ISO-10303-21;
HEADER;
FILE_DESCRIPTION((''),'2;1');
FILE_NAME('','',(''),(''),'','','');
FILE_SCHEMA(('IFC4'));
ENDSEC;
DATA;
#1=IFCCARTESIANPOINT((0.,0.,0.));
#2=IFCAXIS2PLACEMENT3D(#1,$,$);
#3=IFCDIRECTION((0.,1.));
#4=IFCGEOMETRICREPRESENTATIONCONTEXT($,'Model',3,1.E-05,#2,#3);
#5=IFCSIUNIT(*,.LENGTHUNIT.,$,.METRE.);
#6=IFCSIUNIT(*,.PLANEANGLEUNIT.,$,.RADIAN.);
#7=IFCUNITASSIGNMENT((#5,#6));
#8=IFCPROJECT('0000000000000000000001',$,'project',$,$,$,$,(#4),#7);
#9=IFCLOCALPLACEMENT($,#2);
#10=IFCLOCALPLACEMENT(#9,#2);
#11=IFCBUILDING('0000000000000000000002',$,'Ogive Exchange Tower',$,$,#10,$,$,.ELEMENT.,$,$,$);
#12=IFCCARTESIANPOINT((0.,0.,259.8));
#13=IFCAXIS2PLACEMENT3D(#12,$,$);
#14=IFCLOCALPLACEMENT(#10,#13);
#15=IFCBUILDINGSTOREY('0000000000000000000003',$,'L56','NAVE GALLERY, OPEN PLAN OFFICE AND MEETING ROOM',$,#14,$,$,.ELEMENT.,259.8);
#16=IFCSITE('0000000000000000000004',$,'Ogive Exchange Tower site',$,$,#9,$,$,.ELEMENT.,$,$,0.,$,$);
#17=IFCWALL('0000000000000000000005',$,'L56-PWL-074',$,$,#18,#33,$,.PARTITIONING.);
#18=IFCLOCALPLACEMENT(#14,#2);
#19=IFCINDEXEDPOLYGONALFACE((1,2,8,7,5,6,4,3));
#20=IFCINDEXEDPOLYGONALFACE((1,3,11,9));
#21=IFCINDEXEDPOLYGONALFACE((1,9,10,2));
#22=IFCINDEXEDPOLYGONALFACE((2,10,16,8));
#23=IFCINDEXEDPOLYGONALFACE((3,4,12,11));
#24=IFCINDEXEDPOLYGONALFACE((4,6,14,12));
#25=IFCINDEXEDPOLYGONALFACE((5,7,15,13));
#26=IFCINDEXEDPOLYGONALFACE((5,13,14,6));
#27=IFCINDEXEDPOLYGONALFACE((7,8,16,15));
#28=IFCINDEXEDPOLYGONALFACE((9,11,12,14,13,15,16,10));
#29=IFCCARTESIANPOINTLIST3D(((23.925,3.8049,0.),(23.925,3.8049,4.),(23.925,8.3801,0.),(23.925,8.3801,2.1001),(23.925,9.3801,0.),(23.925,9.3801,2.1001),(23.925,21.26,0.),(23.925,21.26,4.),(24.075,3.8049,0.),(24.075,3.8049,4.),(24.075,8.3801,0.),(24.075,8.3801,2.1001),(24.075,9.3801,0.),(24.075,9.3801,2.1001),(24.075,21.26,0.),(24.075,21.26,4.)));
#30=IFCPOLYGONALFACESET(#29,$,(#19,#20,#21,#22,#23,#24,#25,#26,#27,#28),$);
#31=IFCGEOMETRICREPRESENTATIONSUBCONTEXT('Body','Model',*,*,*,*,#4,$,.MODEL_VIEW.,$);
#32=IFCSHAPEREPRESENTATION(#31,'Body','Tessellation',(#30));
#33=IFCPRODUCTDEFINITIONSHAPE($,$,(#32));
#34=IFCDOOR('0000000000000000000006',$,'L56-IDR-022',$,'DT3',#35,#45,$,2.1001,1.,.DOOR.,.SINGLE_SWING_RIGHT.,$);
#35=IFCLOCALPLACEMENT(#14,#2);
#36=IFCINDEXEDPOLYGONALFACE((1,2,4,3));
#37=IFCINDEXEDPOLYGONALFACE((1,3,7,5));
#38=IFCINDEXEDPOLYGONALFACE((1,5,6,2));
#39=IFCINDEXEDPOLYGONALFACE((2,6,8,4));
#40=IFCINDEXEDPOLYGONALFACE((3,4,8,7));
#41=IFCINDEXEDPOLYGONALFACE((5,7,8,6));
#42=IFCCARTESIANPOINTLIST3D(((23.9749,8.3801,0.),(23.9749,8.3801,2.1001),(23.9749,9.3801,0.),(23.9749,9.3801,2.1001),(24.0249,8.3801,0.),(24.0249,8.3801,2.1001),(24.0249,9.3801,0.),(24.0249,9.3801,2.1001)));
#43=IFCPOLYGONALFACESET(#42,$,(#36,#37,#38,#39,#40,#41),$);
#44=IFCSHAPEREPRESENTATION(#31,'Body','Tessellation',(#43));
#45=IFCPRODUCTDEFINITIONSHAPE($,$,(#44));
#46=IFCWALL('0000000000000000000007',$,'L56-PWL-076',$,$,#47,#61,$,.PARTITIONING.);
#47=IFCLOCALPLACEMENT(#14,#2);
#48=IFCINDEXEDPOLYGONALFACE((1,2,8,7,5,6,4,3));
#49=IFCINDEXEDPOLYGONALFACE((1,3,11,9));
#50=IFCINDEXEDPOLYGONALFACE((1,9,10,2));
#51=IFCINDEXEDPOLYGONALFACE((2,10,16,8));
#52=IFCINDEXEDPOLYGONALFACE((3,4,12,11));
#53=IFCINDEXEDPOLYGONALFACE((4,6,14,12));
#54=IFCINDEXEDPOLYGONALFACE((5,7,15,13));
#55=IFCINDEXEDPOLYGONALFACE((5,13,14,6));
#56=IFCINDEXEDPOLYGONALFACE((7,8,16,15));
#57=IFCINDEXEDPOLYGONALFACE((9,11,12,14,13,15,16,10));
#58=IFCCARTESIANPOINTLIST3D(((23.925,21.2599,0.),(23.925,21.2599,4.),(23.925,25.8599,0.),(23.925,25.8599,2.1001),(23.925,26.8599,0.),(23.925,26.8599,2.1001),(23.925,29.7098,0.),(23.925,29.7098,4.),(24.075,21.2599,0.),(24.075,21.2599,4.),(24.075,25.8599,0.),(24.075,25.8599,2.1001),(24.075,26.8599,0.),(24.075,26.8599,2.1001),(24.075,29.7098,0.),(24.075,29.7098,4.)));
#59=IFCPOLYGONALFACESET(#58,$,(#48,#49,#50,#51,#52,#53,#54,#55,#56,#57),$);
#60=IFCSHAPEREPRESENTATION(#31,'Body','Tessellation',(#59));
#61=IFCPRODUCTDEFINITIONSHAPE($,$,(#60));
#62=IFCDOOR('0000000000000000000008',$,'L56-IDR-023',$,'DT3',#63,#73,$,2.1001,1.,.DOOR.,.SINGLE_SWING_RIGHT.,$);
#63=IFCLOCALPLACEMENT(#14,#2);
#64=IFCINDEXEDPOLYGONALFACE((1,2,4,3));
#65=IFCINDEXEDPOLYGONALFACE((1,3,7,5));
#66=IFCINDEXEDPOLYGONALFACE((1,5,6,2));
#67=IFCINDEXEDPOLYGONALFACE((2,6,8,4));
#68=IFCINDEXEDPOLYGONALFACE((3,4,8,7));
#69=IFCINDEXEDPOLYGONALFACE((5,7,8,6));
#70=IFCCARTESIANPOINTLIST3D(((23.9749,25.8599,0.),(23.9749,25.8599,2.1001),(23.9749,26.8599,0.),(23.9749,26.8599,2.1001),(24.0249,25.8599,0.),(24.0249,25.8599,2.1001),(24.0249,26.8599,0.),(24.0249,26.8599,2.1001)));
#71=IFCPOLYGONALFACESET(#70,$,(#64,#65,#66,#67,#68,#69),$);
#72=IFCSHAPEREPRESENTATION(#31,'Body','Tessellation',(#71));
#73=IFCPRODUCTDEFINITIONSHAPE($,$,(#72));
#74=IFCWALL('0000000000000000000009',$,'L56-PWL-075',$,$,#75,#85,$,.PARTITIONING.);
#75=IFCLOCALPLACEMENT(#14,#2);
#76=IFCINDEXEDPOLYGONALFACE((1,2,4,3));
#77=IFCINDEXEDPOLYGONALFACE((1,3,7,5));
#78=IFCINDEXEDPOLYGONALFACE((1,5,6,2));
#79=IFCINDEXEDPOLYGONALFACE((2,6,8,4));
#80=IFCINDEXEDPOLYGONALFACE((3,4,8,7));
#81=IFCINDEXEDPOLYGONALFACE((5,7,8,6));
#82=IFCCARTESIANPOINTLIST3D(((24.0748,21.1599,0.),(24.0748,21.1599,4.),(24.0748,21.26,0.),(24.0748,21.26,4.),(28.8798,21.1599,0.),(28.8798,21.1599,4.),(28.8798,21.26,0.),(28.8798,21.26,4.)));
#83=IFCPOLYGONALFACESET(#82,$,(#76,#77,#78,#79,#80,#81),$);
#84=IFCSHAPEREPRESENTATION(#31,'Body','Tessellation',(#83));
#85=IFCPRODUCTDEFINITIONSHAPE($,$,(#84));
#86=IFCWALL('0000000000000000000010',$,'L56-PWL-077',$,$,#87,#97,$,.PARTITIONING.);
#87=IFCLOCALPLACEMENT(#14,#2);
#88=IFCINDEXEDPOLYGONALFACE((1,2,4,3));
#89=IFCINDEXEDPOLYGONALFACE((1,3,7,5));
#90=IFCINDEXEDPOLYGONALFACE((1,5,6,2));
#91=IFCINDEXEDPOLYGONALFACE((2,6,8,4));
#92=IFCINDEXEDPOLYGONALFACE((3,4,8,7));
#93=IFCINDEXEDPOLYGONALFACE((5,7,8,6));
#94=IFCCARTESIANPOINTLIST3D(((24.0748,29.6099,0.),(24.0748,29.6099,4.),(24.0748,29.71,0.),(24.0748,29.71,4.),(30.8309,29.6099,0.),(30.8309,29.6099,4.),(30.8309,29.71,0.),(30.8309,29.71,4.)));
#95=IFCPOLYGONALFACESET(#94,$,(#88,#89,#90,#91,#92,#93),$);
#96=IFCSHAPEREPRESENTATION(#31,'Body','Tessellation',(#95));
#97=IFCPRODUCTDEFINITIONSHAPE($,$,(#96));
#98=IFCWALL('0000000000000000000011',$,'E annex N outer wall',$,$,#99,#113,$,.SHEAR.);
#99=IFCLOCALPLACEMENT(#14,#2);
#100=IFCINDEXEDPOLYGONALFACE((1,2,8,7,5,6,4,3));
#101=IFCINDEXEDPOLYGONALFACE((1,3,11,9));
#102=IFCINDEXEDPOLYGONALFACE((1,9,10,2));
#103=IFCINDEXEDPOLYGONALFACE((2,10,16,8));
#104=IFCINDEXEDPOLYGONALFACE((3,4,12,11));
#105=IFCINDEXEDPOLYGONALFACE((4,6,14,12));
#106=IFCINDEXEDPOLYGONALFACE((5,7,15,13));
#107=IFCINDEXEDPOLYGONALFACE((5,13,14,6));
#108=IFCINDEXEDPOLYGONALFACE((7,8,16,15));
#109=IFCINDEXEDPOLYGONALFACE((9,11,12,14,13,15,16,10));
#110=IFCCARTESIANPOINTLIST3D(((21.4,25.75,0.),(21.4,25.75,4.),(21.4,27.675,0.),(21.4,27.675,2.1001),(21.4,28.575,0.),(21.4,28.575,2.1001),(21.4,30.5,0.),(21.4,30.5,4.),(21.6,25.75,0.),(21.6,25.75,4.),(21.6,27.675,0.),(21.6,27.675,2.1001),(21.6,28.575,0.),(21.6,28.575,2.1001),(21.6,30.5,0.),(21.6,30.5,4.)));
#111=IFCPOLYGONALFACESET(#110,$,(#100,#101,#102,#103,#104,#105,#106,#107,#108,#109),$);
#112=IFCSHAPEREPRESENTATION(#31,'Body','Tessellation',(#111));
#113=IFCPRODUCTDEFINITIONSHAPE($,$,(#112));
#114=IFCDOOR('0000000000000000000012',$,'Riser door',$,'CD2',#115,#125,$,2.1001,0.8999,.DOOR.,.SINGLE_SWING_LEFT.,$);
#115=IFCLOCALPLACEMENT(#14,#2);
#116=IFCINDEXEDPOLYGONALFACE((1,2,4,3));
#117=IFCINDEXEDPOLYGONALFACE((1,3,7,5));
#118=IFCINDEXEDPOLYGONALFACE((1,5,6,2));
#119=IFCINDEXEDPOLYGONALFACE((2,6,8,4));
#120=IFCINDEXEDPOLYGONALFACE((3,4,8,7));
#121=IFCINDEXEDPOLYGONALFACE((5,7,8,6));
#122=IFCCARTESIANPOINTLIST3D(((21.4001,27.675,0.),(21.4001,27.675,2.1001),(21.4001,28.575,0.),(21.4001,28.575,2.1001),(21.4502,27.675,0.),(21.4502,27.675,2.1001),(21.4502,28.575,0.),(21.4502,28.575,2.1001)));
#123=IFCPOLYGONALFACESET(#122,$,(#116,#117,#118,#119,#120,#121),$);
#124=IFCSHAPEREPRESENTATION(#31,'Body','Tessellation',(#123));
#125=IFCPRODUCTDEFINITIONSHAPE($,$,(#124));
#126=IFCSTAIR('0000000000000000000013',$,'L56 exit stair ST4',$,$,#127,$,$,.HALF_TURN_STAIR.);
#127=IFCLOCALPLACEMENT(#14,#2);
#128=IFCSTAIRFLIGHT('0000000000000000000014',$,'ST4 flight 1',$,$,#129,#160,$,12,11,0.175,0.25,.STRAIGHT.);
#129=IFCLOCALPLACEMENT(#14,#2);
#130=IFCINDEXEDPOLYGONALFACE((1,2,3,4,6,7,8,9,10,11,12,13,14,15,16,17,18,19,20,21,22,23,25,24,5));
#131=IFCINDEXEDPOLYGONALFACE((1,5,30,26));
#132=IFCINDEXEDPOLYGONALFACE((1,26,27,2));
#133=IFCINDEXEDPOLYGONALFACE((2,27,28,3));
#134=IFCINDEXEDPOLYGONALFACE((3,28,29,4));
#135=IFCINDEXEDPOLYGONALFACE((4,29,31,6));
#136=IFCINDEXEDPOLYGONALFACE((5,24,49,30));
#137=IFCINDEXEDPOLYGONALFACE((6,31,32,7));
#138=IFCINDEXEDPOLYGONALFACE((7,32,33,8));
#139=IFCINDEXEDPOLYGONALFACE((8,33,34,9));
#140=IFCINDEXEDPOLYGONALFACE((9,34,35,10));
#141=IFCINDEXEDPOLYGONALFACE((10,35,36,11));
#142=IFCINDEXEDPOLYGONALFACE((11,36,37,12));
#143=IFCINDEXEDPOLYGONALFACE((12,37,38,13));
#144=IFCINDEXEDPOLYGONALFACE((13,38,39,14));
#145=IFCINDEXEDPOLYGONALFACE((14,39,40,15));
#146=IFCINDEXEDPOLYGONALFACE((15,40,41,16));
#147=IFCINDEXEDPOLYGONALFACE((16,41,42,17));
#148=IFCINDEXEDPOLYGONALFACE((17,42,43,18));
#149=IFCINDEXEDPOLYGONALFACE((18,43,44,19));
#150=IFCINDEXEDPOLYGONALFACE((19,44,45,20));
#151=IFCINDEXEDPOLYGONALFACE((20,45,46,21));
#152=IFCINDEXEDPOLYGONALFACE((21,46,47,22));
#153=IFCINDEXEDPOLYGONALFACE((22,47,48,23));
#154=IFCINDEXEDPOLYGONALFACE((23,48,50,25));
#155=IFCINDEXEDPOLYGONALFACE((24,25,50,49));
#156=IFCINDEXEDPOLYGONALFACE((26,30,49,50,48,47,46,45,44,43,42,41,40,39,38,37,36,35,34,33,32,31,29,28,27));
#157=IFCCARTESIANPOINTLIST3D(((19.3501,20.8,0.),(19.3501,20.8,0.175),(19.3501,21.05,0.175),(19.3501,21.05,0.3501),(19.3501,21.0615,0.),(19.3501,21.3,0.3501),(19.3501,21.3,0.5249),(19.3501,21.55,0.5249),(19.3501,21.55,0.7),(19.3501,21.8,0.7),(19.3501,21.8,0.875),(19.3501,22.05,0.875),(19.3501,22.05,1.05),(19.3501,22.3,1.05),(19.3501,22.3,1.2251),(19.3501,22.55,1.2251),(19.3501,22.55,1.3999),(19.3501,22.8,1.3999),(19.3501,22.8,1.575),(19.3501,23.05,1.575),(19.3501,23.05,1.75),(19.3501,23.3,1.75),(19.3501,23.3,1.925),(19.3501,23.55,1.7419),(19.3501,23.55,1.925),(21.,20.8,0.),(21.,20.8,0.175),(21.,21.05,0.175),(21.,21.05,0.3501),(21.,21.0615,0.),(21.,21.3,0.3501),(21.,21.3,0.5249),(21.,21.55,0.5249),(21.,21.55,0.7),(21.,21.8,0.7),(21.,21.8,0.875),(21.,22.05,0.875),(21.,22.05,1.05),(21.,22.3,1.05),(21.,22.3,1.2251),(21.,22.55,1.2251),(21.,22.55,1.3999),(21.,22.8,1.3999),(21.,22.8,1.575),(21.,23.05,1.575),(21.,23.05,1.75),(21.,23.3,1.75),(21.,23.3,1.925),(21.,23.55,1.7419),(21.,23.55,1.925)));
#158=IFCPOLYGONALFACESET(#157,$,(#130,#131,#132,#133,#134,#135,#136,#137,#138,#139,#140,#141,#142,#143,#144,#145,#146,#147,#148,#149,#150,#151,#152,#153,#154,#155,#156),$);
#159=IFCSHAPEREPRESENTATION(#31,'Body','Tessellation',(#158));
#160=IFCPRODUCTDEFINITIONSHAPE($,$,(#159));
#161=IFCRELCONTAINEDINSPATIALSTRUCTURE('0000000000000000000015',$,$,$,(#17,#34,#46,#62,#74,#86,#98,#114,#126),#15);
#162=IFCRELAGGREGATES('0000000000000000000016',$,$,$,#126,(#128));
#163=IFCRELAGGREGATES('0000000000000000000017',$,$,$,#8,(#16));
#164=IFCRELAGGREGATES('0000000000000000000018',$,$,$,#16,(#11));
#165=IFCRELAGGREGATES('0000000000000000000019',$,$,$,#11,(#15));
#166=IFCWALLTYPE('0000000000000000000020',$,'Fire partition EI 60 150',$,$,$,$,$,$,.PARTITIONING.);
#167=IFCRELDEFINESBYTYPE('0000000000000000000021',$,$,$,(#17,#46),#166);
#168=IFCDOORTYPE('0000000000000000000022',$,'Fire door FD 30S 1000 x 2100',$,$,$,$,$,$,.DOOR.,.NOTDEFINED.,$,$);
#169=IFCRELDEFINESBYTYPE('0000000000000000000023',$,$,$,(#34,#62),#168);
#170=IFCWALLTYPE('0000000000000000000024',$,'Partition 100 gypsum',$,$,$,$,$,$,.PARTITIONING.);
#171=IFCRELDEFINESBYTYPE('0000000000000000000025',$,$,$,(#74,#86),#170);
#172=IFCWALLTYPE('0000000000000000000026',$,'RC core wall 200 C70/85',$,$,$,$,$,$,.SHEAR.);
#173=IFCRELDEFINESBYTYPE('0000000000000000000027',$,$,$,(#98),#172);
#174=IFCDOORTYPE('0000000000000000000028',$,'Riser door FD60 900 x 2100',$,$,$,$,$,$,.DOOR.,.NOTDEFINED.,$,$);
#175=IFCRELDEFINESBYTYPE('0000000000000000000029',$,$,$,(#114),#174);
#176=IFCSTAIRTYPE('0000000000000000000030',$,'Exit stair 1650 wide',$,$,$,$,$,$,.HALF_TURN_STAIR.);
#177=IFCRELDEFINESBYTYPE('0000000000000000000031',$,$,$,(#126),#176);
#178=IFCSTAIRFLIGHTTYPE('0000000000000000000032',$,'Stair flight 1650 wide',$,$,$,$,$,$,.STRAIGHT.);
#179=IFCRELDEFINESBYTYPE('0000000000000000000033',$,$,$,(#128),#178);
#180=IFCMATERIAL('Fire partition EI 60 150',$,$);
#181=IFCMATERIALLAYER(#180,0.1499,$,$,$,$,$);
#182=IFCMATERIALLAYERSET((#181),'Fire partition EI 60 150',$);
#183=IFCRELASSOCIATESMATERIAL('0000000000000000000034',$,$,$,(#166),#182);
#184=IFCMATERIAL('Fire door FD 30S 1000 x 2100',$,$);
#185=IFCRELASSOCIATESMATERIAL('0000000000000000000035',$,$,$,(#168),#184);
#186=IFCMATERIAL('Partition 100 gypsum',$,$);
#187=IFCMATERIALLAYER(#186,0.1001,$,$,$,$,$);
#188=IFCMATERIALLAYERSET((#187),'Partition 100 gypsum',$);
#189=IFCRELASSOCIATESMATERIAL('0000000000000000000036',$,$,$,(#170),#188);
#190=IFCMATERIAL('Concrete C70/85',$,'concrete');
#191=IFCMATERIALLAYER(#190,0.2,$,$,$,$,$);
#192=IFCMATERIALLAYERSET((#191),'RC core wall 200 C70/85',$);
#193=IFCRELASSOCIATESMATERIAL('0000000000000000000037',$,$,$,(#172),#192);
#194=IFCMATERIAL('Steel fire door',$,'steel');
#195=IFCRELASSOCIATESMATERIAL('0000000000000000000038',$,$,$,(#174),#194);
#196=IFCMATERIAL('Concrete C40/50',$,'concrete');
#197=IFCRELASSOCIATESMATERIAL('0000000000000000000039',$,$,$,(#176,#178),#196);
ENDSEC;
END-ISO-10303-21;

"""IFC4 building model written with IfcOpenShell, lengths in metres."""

from ifc_helpers import new_model, si_unit, direction, frame, frame_2d, origin, place, context, subcontext, project, spatial, polyline, rectangle, outline, extrude, material, layer, layer_set, type_object, element, fill, aggregate, save


model = new_model("IFC4")

# Units and contexts
model_context = context("Model", 3, precision=1e-05, world=origin(), true_north=direction((0.0, 1.0)))
body_context = subcontext(model_context, "Body", "Model", "MODEL_VIEW")
ifc_project = project(units=[si_unit("LENGTHUNIT", "METRE"), si_unit("PLANEANGLEUNIT", "RADIAN")], contexts=[model_context])

# Site, building, storey
site_placement = place(None, origin())
site = spatial("IfcSite", under=ifc_project, at=site_placement, Name="Ogive Exchange Tower site", CompositionType="ELEMENT", RefElevation=0.0)
building_placement = place(site_placement, origin())
building = spatial("IfcBuilding", under=site, at=building_placement, Name="Ogive Exchange Tower", CompositionType="ELEMENT")
storey_placement = place(building_placement, frame((0.0, 0.0, 259.8)))
storey = spatial("IfcBuildingStorey", under=building, at=storey_placement, Name="L56", Description="NAVE GALLERY, OPEN PLAN OFFICE AND MEETING ROOM", CompositionType="ELEMENT", Elevation=259.8)

# Shared definitions
ifc_material_1 = material(Name="Fire partition EI 60 150")
ifc_layer_1 = layer(ifc_material_1, 0.1499)
ifc_layer_set_1 = layer_set([ifc_layer_1], Name="Fire partition EI 60 150")
wall_type_1 = type_object("IfcWallType", Name="Fire partition EI 60 150", PredefinedType="PARTITIONING", material=ifc_layer_set_1)

# Walls, openings, doors
wall_1_placement = place(storey_placement, frame((24.0, 21.26, 0.0), z_axis=(0.0, 0.0, 1.0), x_axis=(0.0, -1.0, 0.0)))
wall_1 = element("IfcWall", 1, at=wall_1_placement, inside=storey, type_object=wall_type_1, Name="L56-PWL-074", PredefinedType="PARTITIONING", context=body_context, shape_type="SweptSolid", body=[
    extrude(rectangle(XDim=17.4551, YDim=0.1499, at=frame_2d((8.7275, 0.0))), origin(), (0.0, 0.0, 1.0), 4.0),
])
opening_1_placement = place(wall_1_placement, frame((11.8799, 0.0, 0.0)))
opening_1 = element("IfcOpeningElement", 2, at=opening_1_placement, cuts=wall_1, PredefinedType="OPENING", context=body_context, shape_type="SweptSolid", body=[
    extrude(rectangle(XDim=1.0, YDim=2.1001, at=frame_2d((0.5, 1.05))), frame((0.0, 0.085, 0.0), z_axis=(0.0, -1.0, 0.0), x_axis=(1.0, 0.0, 0.0)), (0.0, 0.0, 1.0), 0.1699),
])
ifc_material_2 = material(Name="Fire door FD 30S 1000 x 2100")
door_type_1 = type_object("IfcDoorType", Name="Fire door FD 30S 1000 x 2100", OperationType="NOTDEFINED", PredefinedType="DOOR", material=ifc_material_2)
door_1_placement = place(opening_1_placement, origin())
door_1 = element("IfcDoor", 3, at=door_1_placement, inside=storey, type_object=door_type_1, Name="L56-IDR-022", ObjectType="DT3", OperationType="SINGLE_SWING_RIGHT", OverallHeight=2.1001, OverallWidth=1.0, PredefinedType="DOOR", context=body_context, shape_type="SweptSolid", body=[
    extrude(rectangle(XDim=1.0, YDim=2.1001, at=frame_2d((0.5, 1.05))), frame((0.0, 0.0249, 0.0), z_axis=(0.0, -1.0, 0.0), x_axis=(1.0, 0.0, 0.0)), (0.0, 0.0, 1.0), 0.05),
])
fill(opening_1, door_1)
wall_2_placement = place(storey_placement, frame((24.0, 29.71, 0.0), z_axis=(0.0, 0.0, 1.0), x_axis=(0.0, -1.0, 0.0)))
wall_2 = element("IfcWall", 4, at=wall_2_placement, inside=storey, type_object=wall_type_1, Name="L56-PWL-076", PredefinedType="PARTITIONING", context=body_context, shape_type="SweptSolid", body=[
    extrude(rectangle(XDim=8.45, YDim=0.1499, at=frame_2d((4.2251, 0.0))), origin(), (0.0, 0.0, 1.0), 4.0),
])
opening_2_placement = place(wall_2_placement, frame((2.8501, 0.0, 0.0)))
opening_2 = element("IfcOpeningElement", 5, at=opening_2_placement, cuts=wall_2, PredefinedType="OPENING", context=body_context, shape_type="SweptSolid", body=[
    extrude(rectangle(XDim=1.0, YDim=2.1001, at=frame_2d((0.5, 1.05))), frame((0.0, 0.085, 0.0), z_axis=(0.0, -1.0, 0.0), x_axis=(1.0, 0.0, 0.0)), (0.0, 0.0, 1.0), 0.1699),
])
door_2_placement = place(opening_2_placement, origin())
door_2 = element("IfcDoor", 6, at=door_2_placement, inside=storey, type_object=door_type_1, Name="L56-IDR-023", ObjectType="DT3", OperationType="SINGLE_SWING_RIGHT", OverallHeight=2.1001, OverallWidth=1.0, PredefinedType="DOOR", context=body_context, shape_type="SweptSolid", body=[
    extrude(rectangle(XDim=1.0, YDim=2.1001, at=frame_2d((0.5, 1.05))), frame((0.0, 0.0249, 0.0), z_axis=(0.0, -1.0, 0.0), x_axis=(1.0, 0.0, 0.0)), (0.0, 0.0, 1.0), 0.05),
])
fill(opening_2, door_2)

# Walls
ifc_material_3 = material(Name="Partition 100 gypsum")
ifc_layer_2 = layer(ifc_material_3, 0.1001)
ifc_layer_set_2 = layer_set([ifc_layer_2], Name="Partition 100 gypsum")
wall_type_2 = type_object("IfcWallType", Name="Partition 100 gypsum", PredefinedType="PARTITIONING", material=ifc_layer_set_2)
wall_3_placement = place(storey_placement, frame((24.075, 21.21, 0.0), z_axis=(0.0, 0.0, 1.0), x_axis=(1.0, 0.0, 0.0)))
element("IfcWall", 7, at=wall_3_placement, inside=storey, type_object=wall_type_2, Name="L56-PWL-075", PredefinedType="PARTITIONING", context=body_context, shape_type="SweptSolid", body=[
    extrude(rectangle(XDim=4.8049, YDim=0.1001, at=frame_2d((2.4023, 0.0))), origin(), (0.0, 0.0, 1.0), 4.0),
])
wall_4_placement = place(storey_placement, frame((24.075, 29.6599, 0.0), z_axis=(0.0, 0.0, 1.0), x_axis=(1.0, 0.0, 0.0)))
element("IfcWall", 8, at=wall_4_placement, inside=storey, type_object=wall_type_2, Name="L56-PWL-077", PredefinedType="PARTITIONING", context=body_context, shape_type="SweptSolid", body=[
    extrude(rectangle(XDim=6.7561, YDim=0.1001, at=frame_2d((3.3779, 0.0))), origin(), (0.0, 0.0, 1.0), 4.0),
])

# Wall, opening, door
ifc_material_4 = material(Name="Concrete C70/85", Category="concrete")
ifc_layer_3 = layer(ifc_material_4, 0.2)
ifc_layer_set_3 = layer_set([ifc_layer_3], Name="RC core wall 200 C70/85")
wall_type_3 = type_object("IfcWallType", Name="RC core wall 200 C70/85", PredefinedType="SHEAR", material=ifc_layer_set_3)
wall_5_placement = place(storey_placement, frame((21.5, 25.75, 0.0), z_axis=(0.0, 0.0, 1.0), x_axis=(0.0, 1.0, 0.0)))
wall_5 = element("IfcWall", 9, at=wall_5_placement, inside=storey, type_object=wall_type_3, Name="E annex N outer wall", PredefinedType="SHEAR", context=body_context, shape_type="SweptSolid", body=[
    extrude(rectangle(XDim=4.75, YDim=0.2, at=frame_2d((2.375, 0.0))), origin(), (0.0, 0.0, 1.0), 4.0),
])
opening_3_placement = place(wall_5_placement, frame((1.925, 0.0, 0.0)))
opening_3 = element("IfcOpeningElement", 10, at=opening_3_placement, cuts=wall_5, PredefinedType="OPENING", context=body_context, shape_type="SweptSolid", body=[
    extrude(rectangle(XDim=0.8999, YDim=2.1001, at=frame_2d((0.45, 1.05))), frame((0.0, 0.1099, 0.0), z_axis=(0.0, -1.0, 0.0), x_axis=(1.0, 0.0, 0.0)), (0.0, 0.0, 1.0), 0.22),
])
ifc_material_5 = material(Name="Steel fire door", Category="steel")
door_type_2 = type_object("IfcDoorType", Name="Riser door FD60 900 x 2100", OperationType="NOTDEFINED", PredefinedType="DOOR", material=ifc_material_5)
door_3_placement = place(opening_3_placement, frame((0.8999, 0.1499, 0.0), z_axis=(0.0, 0.0, 1.0), x_axis=(-1.0, 0.0, 0.0)))
door_3 = element("IfcDoor", 11, at=door_3_placement, inside=storey, type_object=door_type_2, Name="Riser door", ObjectType="CD2", OperationType="SINGLE_SWING_LEFT", OverallHeight=2.1001, OverallWidth=0.8999, PredefinedType="DOOR", context=body_context, shape_type="SweptSolid", body=[
    extrude(rectangle(XDim=0.8999, YDim=2.1001, at=frame_2d((0.45, 1.05))), frame((0.0, 0.1001, 0.0), z_axis=(0.0, -1.0, 0.0), x_axis=(1.0, 0.0, 0.0)), (0.0, 0.0, 1.0), 0.05),
])
fill(opening_3, door_3)

# Stair, stair flight
ifc_material_6 = material(Name="Concrete C40/50", Category="concrete")
stair_type = type_object("IfcStairType", Name="Exit stair 1650 wide", PredefinedType="HALF_TURN_STAIR", material=ifc_material_6)
stair_placement = place(storey_placement, origin())
stair = element("IfcStair", 12, at=stair_placement, inside=storey, type_object=stair_type, Name="L56 exit stair ST4", PredefinedType="HALF_TURN_STAIR")
stair_flight_type = type_object("IfcStairFlightType", Name="Stair flight 1650 wide", PredefinedType="STRAIGHT", material=ifc_material_6)
stair_flight_1_placement = place(storey_placement, frame((20.175, 20.8, 0.0), z_axis=(0.0, 0.0, 1.0), x_axis=(0.0, 1.0, 0.0)))
stair_flight_1 = element("IfcStairFlight", 13, at=stair_flight_1_placement, type_object=stair_flight_type, Name="ST4 flight 1", NumberOfRisers=12, NumberOfTreads=11, PredefinedType="STRAIGHT", RiserHeight=0.175, TreadLength=0.25, context=body_context, shape_type="SweptSolid", body=[
    extrude(outline(polyline([(0.0, 0.0), (0.0, 0.175), (0.25, 0.175), (0.25, 0.3501), (0.5, 0.3501), (0.5, 0.5249), (0.75, 0.5249), (0.75, 0.7), (1.0, 0.7), (1.0, 0.875), (1.25, 0.875), (1.25, 1.05), (1.5, 1.05), (1.5, 1.2251), (1.75, 1.2251), (1.75, 1.3999), (2.0, 1.3999), (2.0, 1.575), (2.25, 1.575), (2.25, 1.75), (2.5, 1.75), (2.5, 1.925), (2.75, 1.925), (2.75, 2.1001), (2.75, 1.7419), (0.2615, 0.0), (0.0, 0.0)])), frame((0.0, 0.825, 0.0), z_axis=(0.0, -1.0, 0.0), x_axis=(1.0, 0.0, 0.0)), (0.0, 0.0, 1.0), 1.6499),
])
aggregate(stair, [stair_flight_1])

save(model, "model.ifc")
